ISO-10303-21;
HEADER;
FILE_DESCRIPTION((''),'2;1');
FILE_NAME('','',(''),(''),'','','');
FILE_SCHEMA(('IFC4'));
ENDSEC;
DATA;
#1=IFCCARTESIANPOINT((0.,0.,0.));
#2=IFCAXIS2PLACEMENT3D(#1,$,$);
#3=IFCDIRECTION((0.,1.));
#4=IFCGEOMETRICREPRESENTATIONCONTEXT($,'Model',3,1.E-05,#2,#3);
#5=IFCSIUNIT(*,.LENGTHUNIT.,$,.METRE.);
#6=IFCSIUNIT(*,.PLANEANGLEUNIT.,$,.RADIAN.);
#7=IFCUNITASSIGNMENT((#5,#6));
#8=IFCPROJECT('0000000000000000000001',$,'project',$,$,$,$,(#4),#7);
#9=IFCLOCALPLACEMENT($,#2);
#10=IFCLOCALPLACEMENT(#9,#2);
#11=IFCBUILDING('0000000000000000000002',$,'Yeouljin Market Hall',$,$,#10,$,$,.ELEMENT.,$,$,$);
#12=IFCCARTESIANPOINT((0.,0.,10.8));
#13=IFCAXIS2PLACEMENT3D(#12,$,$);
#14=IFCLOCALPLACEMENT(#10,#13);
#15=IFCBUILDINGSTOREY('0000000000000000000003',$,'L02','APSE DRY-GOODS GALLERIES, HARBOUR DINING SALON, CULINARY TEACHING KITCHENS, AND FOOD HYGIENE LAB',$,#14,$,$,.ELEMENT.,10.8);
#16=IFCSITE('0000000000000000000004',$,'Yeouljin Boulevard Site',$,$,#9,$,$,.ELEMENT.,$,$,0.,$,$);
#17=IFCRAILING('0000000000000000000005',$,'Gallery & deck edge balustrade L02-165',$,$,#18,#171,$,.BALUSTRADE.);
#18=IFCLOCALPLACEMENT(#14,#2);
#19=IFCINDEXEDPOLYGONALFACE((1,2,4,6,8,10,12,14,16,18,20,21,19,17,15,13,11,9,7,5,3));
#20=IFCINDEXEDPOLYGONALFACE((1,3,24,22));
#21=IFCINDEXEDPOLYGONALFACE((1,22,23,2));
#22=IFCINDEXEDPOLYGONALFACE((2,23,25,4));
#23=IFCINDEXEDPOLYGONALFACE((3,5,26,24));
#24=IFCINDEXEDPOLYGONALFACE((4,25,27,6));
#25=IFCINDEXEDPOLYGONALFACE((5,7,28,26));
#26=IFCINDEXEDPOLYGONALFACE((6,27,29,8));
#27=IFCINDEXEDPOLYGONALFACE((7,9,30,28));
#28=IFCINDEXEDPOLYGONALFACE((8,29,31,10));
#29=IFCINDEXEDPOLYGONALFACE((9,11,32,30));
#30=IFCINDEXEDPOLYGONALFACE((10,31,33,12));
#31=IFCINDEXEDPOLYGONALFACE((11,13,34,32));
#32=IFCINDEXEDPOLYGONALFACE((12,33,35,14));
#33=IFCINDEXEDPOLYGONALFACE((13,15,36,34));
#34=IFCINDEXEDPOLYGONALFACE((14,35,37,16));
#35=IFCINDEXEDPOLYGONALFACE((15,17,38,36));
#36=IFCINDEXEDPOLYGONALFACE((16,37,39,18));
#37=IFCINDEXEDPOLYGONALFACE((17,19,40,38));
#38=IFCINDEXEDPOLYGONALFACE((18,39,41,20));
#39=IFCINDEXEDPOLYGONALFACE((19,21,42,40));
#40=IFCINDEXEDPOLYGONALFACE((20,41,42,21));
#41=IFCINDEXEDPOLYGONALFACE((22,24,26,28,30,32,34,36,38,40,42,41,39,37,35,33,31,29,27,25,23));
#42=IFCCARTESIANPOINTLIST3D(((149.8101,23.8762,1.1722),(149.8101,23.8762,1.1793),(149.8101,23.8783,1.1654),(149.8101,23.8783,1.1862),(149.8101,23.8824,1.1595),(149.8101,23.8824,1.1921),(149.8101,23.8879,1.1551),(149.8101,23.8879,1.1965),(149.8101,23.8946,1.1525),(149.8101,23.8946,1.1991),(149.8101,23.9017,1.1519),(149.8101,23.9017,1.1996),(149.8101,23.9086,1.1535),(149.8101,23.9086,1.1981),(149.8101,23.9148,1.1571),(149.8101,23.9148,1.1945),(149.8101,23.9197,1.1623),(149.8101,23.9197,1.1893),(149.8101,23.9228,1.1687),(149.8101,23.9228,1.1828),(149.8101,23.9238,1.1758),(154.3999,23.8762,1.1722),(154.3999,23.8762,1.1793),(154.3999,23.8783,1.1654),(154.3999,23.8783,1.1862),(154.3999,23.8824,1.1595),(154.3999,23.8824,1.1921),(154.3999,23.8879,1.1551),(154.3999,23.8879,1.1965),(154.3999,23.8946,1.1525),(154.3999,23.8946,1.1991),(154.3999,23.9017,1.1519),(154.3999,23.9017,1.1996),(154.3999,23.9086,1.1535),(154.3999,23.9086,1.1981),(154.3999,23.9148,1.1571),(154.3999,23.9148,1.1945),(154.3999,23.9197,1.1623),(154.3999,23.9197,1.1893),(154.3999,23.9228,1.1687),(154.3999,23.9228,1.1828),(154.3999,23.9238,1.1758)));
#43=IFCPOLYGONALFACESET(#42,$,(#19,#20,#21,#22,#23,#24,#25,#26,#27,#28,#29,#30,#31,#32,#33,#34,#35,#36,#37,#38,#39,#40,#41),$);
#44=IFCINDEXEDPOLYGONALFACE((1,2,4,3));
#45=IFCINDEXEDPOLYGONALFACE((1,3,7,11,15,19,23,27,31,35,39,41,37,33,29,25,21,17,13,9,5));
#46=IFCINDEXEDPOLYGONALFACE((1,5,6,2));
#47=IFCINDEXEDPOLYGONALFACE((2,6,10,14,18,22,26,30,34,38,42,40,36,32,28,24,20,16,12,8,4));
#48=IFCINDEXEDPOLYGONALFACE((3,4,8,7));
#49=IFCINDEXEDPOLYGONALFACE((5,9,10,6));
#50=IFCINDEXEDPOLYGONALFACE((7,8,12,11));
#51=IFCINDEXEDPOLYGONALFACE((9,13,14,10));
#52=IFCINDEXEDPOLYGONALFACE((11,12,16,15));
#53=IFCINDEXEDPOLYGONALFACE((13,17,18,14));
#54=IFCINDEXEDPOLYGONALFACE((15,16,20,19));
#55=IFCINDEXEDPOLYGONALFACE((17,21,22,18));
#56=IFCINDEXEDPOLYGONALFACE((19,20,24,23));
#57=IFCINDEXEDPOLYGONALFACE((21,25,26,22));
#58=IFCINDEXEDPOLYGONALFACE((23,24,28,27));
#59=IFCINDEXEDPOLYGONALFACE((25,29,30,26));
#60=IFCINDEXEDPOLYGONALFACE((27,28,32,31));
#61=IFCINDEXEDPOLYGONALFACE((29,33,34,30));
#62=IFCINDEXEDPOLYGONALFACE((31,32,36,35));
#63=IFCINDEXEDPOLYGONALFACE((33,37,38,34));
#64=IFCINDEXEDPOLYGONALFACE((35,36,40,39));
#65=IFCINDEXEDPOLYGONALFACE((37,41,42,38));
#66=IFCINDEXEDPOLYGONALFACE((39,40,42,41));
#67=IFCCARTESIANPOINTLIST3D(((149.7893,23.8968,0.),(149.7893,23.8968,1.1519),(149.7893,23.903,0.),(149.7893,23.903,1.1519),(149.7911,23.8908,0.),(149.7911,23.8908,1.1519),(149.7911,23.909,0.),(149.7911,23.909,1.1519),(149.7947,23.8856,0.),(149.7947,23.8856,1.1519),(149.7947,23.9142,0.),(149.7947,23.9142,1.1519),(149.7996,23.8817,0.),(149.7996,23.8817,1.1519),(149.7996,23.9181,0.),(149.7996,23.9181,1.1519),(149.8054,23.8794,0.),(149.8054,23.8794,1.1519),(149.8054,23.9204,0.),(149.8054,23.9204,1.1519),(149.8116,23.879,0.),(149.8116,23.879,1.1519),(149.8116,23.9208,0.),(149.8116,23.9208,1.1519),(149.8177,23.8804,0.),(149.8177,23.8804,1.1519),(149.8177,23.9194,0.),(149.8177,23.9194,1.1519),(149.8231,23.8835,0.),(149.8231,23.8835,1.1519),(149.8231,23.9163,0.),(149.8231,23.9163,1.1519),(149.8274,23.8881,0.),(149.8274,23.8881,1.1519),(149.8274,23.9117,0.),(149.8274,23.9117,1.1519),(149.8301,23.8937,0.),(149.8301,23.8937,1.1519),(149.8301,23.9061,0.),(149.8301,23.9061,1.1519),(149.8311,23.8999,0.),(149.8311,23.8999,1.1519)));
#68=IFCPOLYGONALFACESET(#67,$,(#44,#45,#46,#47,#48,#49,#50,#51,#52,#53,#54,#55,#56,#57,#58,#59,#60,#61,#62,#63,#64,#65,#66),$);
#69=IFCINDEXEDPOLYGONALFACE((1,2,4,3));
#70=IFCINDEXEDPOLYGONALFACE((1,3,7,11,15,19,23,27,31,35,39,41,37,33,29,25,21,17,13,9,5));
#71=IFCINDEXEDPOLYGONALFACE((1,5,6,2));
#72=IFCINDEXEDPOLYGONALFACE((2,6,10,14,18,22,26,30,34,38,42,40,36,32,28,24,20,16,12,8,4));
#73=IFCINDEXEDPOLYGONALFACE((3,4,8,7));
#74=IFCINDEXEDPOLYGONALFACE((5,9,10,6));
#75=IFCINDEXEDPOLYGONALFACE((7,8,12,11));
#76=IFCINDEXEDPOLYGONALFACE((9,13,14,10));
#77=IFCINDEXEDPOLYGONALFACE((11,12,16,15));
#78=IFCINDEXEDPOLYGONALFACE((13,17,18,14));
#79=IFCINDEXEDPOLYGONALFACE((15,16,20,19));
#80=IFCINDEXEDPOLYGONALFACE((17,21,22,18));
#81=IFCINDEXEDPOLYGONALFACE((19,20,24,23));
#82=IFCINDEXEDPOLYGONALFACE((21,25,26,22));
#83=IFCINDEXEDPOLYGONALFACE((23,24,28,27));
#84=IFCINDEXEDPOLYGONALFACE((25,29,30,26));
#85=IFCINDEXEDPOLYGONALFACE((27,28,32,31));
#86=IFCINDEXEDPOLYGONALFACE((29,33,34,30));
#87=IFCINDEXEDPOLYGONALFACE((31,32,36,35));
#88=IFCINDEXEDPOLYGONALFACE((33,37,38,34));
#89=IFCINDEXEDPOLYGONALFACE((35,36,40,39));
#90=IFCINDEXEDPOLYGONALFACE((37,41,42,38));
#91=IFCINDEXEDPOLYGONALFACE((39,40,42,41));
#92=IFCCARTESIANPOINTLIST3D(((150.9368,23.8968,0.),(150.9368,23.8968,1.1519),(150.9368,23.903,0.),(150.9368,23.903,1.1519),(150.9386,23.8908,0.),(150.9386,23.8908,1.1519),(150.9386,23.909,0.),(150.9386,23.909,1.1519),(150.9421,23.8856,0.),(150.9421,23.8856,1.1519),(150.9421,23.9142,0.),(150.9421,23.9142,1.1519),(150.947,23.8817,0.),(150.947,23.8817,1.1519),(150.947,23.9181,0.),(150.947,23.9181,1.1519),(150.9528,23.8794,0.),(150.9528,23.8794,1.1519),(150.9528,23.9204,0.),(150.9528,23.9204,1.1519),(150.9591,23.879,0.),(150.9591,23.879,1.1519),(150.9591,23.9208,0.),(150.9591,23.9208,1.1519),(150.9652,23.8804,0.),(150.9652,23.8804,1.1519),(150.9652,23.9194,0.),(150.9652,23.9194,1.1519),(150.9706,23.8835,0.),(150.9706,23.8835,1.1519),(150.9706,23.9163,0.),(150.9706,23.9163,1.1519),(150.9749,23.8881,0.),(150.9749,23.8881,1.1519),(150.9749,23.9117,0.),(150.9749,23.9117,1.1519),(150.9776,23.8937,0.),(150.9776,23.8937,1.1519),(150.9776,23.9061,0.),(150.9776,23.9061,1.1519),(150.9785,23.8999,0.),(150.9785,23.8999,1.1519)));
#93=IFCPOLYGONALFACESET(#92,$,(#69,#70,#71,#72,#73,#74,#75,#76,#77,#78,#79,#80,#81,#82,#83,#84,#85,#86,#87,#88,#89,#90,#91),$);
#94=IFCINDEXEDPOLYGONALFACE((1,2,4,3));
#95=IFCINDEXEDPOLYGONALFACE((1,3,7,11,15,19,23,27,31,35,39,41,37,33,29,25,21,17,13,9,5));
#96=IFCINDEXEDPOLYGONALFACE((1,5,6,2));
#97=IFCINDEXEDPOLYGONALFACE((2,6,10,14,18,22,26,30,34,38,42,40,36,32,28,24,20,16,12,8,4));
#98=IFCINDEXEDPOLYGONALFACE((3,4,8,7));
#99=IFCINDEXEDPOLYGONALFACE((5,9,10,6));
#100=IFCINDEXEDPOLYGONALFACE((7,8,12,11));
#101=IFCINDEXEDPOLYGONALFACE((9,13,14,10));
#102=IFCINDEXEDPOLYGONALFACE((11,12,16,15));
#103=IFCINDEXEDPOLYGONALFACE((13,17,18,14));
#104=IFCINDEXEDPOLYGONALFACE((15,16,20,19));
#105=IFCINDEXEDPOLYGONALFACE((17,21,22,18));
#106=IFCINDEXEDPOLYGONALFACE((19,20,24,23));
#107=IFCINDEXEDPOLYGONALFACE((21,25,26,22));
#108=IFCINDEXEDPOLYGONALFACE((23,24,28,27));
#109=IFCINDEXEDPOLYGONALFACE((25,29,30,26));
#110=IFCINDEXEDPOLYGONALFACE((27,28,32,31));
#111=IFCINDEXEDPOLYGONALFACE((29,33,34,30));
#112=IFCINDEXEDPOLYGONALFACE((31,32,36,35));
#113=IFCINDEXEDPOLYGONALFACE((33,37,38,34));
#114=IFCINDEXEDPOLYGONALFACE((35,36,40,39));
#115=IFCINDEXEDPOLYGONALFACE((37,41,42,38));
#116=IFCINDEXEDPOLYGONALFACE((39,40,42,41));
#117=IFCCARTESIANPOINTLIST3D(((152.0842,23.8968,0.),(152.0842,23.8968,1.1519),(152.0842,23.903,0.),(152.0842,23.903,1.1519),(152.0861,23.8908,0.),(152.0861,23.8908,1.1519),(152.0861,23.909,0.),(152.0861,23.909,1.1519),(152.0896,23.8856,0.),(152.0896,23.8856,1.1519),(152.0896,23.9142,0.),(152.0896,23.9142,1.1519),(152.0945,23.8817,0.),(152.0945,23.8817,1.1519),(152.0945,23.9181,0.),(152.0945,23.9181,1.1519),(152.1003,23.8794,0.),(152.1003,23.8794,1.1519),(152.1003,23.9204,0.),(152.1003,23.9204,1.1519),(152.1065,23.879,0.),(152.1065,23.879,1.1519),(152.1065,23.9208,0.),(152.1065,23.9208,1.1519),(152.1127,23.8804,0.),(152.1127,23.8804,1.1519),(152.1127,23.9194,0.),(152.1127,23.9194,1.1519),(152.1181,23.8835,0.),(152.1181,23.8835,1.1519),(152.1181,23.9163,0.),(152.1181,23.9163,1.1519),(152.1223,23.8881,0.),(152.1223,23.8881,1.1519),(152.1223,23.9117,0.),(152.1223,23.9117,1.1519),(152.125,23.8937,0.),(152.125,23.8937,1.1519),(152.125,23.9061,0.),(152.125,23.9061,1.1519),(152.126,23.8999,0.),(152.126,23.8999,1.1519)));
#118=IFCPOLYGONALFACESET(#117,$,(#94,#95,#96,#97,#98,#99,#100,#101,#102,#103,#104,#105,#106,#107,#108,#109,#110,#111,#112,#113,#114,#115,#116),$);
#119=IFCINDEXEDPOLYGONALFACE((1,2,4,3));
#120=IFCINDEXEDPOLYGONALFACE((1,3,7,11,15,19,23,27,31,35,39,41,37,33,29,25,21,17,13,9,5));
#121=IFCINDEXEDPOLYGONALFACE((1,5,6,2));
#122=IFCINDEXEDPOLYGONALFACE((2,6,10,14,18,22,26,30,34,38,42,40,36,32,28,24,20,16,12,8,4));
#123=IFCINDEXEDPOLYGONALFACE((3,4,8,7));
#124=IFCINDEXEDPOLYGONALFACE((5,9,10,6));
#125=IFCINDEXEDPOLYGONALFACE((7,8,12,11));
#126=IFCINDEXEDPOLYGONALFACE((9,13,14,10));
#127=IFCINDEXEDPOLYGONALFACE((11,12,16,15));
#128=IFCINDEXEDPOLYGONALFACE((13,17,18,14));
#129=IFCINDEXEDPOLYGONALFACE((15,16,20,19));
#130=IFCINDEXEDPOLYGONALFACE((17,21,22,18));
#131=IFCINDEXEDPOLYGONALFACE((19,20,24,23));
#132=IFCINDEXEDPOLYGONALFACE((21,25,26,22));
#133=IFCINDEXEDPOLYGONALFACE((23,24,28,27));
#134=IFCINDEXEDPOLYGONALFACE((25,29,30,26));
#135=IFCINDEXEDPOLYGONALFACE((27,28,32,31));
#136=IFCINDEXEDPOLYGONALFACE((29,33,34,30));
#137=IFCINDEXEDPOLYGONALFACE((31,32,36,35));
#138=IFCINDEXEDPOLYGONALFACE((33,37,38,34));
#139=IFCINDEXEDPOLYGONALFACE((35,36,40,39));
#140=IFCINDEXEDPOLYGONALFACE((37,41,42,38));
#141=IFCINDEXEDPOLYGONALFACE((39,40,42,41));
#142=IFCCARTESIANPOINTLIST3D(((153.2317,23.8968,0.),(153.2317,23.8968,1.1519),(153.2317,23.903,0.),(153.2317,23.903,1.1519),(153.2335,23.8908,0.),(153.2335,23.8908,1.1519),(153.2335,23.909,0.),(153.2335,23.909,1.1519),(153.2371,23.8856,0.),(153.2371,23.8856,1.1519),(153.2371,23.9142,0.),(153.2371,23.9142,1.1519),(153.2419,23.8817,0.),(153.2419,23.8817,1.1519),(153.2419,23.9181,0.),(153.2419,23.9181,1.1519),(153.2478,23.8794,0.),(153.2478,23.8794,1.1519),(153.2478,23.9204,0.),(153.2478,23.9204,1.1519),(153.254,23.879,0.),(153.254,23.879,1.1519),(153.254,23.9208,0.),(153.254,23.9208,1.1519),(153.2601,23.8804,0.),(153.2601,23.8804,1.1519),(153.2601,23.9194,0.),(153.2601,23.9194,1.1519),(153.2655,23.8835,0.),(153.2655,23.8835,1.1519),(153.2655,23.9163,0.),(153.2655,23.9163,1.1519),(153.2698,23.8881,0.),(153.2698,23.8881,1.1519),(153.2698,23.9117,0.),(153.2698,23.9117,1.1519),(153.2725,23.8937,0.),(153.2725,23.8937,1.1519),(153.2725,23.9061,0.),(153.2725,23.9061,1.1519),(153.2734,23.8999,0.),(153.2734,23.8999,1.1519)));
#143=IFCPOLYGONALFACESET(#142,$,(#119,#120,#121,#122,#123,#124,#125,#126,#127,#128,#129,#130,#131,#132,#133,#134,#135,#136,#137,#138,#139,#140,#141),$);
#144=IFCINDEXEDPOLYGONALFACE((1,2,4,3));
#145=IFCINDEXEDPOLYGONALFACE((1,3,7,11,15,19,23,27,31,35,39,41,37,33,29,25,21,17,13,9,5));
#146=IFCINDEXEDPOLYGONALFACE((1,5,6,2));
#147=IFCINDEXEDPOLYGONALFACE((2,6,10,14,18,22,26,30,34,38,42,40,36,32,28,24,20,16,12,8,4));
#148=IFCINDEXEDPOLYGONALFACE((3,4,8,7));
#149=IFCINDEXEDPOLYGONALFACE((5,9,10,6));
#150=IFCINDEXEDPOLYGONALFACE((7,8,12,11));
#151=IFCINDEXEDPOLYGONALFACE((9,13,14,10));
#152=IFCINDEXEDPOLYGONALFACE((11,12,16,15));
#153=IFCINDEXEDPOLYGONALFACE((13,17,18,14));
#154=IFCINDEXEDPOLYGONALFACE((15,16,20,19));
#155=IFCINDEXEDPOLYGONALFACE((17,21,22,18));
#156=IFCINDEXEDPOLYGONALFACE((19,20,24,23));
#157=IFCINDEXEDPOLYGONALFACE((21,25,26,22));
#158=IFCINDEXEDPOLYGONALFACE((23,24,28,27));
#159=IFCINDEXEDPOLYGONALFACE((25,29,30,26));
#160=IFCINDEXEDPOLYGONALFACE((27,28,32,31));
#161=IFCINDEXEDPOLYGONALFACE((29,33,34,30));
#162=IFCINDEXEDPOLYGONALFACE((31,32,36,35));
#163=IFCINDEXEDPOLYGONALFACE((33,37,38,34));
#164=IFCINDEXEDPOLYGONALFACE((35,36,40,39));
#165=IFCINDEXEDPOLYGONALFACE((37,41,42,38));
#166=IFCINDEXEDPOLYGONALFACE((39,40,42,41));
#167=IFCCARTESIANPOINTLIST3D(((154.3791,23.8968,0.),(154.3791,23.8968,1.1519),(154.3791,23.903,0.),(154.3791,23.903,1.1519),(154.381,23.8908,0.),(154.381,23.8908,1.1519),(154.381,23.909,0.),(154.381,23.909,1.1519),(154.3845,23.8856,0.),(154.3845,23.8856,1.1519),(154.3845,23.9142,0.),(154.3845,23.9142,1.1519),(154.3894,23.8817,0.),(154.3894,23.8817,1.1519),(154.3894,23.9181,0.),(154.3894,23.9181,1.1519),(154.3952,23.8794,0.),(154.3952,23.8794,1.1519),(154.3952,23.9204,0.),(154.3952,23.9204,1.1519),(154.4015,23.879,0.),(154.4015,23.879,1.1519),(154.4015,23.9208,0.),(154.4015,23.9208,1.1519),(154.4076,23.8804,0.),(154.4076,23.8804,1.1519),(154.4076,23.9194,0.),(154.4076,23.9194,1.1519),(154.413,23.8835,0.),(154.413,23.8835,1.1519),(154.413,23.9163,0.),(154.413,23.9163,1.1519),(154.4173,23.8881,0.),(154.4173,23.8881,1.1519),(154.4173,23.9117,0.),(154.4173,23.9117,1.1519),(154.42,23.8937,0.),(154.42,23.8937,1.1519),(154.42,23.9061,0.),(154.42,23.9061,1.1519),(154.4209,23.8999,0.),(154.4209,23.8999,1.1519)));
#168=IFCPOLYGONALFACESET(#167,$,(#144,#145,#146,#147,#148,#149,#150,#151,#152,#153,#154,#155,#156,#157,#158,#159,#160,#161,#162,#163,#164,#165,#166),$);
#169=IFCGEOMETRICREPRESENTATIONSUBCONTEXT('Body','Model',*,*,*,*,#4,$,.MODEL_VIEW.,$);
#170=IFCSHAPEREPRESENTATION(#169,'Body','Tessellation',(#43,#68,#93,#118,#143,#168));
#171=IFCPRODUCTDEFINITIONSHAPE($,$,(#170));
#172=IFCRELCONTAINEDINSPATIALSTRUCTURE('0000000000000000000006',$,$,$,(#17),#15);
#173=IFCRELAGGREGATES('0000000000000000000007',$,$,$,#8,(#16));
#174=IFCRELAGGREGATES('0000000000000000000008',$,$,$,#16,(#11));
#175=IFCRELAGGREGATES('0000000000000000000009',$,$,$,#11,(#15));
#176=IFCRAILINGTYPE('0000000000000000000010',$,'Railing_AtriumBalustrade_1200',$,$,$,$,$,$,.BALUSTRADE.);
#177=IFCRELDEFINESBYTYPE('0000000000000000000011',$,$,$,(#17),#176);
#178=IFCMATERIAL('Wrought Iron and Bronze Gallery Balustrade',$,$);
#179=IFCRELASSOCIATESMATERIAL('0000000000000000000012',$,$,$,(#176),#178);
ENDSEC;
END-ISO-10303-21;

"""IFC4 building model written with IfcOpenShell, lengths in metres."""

from ifc_helpers import new_model, si_unit, direction, frame, origin, origin_2d, place, context, subcontext, project, spatial, circle, extrude, material, type_object, element, save


model = new_model("IFC4")

# Units and contexts
model_context = context("Model", 3, precision=1e-05, world=origin(), true_north=direction((0.0, 1.0)))
body_context = subcontext(model_context, "Body", "Model", "MODEL_VIEW")
ifc_project = project(units=[si_unit("LENGTHUNIT", "METRE"), si_unit("PLANEANGLEUNIT", "RADIAN")], contexts=[model_context])

# Site, building, storey
site_placement = place(None, origin())
site = spatial("IfcSite", under=ifc_project, at=site_placement, Name="Yeouljin Boulevard Site", CompositionType="ELEMENT", RefElevation=0.0)
building_placement = place(site_placement, origin())
building = spatial("IfcBuilding", under=site, at=building_placement, Name="Yeouljin Market Hall", CompositionType="ELEMENT")
storey_placement = place(building_placement, frame((0.0, 0.0, 10.8)))
storey = spatial("IfcBuildingStorey", under=building, at=storey_placement, Name="L02", Description="APSE DRY-GOODS GALLERIES, HARBOUR DINING SALON, CULINARY TEACHING KITCHENS, AND FOOD HYGIENE LAB", CompositionType="ELEMENT", Elevation=10.8)

# Railing
ifc_material_1 = material(Name="Wrought Iron and Bronze Gallery Balustrade")
railing_type = type_object("IfcRailingType", Name="Railing_AtriumBalustrade_1200", PredefinedType="BALUSTRADE", material=ifc_material_1)
railing_1_placement = place(storey_placement, frame((149.8101, 23.8999, 0.0)))
element("IfcRailing", 1, at=railing_1_placement, inside=storey, type_object=railing_type, Name="Gallery & deck edge balustrade L02-165", PredefinedType="BALUSTRADE", context=body_context, shape_type="SweptSolid", body=[
    extrude(circle(Radius=0.0239, at=origin_2d()), frame((0.0, 0.0, 1.1758), z_axis=(1.0, 0.0, 0.0), x_axis=(0.0, 1.0, 0.0)), (0.0, 0.0, 1.0), 4.5898),
    extrude(circle(Radius=0.021, at=origin_2d()), origin(), (0.0, 0.0, 1.0), 1.1519),
    extrude(circle(Radius=0.021, at=origin_2d()), frame((1.1475, 0.0, 0.0)), (0.0, 0.0, 1.0), 1.1519),
    extrude(circle(Radius=0.021, at=origin_2d()), frame((2.2949, 0.0, 0.0)), (0.0, 0.0, 1.0), 1.1519),
    extrude(circle(Radius=0.021, at=origin_2d()), frame((3.4424, 0.0, 0.0)), (0.0, 0.0, 1.0), 1.1519),
    extrude(circle(Radius=0.021, at=origin_2d()), frame((4.5898, 0.0, 0.0)), (0.0, 0.0, 1.0), 1.1519),
])

save(model, "model.ifc")
